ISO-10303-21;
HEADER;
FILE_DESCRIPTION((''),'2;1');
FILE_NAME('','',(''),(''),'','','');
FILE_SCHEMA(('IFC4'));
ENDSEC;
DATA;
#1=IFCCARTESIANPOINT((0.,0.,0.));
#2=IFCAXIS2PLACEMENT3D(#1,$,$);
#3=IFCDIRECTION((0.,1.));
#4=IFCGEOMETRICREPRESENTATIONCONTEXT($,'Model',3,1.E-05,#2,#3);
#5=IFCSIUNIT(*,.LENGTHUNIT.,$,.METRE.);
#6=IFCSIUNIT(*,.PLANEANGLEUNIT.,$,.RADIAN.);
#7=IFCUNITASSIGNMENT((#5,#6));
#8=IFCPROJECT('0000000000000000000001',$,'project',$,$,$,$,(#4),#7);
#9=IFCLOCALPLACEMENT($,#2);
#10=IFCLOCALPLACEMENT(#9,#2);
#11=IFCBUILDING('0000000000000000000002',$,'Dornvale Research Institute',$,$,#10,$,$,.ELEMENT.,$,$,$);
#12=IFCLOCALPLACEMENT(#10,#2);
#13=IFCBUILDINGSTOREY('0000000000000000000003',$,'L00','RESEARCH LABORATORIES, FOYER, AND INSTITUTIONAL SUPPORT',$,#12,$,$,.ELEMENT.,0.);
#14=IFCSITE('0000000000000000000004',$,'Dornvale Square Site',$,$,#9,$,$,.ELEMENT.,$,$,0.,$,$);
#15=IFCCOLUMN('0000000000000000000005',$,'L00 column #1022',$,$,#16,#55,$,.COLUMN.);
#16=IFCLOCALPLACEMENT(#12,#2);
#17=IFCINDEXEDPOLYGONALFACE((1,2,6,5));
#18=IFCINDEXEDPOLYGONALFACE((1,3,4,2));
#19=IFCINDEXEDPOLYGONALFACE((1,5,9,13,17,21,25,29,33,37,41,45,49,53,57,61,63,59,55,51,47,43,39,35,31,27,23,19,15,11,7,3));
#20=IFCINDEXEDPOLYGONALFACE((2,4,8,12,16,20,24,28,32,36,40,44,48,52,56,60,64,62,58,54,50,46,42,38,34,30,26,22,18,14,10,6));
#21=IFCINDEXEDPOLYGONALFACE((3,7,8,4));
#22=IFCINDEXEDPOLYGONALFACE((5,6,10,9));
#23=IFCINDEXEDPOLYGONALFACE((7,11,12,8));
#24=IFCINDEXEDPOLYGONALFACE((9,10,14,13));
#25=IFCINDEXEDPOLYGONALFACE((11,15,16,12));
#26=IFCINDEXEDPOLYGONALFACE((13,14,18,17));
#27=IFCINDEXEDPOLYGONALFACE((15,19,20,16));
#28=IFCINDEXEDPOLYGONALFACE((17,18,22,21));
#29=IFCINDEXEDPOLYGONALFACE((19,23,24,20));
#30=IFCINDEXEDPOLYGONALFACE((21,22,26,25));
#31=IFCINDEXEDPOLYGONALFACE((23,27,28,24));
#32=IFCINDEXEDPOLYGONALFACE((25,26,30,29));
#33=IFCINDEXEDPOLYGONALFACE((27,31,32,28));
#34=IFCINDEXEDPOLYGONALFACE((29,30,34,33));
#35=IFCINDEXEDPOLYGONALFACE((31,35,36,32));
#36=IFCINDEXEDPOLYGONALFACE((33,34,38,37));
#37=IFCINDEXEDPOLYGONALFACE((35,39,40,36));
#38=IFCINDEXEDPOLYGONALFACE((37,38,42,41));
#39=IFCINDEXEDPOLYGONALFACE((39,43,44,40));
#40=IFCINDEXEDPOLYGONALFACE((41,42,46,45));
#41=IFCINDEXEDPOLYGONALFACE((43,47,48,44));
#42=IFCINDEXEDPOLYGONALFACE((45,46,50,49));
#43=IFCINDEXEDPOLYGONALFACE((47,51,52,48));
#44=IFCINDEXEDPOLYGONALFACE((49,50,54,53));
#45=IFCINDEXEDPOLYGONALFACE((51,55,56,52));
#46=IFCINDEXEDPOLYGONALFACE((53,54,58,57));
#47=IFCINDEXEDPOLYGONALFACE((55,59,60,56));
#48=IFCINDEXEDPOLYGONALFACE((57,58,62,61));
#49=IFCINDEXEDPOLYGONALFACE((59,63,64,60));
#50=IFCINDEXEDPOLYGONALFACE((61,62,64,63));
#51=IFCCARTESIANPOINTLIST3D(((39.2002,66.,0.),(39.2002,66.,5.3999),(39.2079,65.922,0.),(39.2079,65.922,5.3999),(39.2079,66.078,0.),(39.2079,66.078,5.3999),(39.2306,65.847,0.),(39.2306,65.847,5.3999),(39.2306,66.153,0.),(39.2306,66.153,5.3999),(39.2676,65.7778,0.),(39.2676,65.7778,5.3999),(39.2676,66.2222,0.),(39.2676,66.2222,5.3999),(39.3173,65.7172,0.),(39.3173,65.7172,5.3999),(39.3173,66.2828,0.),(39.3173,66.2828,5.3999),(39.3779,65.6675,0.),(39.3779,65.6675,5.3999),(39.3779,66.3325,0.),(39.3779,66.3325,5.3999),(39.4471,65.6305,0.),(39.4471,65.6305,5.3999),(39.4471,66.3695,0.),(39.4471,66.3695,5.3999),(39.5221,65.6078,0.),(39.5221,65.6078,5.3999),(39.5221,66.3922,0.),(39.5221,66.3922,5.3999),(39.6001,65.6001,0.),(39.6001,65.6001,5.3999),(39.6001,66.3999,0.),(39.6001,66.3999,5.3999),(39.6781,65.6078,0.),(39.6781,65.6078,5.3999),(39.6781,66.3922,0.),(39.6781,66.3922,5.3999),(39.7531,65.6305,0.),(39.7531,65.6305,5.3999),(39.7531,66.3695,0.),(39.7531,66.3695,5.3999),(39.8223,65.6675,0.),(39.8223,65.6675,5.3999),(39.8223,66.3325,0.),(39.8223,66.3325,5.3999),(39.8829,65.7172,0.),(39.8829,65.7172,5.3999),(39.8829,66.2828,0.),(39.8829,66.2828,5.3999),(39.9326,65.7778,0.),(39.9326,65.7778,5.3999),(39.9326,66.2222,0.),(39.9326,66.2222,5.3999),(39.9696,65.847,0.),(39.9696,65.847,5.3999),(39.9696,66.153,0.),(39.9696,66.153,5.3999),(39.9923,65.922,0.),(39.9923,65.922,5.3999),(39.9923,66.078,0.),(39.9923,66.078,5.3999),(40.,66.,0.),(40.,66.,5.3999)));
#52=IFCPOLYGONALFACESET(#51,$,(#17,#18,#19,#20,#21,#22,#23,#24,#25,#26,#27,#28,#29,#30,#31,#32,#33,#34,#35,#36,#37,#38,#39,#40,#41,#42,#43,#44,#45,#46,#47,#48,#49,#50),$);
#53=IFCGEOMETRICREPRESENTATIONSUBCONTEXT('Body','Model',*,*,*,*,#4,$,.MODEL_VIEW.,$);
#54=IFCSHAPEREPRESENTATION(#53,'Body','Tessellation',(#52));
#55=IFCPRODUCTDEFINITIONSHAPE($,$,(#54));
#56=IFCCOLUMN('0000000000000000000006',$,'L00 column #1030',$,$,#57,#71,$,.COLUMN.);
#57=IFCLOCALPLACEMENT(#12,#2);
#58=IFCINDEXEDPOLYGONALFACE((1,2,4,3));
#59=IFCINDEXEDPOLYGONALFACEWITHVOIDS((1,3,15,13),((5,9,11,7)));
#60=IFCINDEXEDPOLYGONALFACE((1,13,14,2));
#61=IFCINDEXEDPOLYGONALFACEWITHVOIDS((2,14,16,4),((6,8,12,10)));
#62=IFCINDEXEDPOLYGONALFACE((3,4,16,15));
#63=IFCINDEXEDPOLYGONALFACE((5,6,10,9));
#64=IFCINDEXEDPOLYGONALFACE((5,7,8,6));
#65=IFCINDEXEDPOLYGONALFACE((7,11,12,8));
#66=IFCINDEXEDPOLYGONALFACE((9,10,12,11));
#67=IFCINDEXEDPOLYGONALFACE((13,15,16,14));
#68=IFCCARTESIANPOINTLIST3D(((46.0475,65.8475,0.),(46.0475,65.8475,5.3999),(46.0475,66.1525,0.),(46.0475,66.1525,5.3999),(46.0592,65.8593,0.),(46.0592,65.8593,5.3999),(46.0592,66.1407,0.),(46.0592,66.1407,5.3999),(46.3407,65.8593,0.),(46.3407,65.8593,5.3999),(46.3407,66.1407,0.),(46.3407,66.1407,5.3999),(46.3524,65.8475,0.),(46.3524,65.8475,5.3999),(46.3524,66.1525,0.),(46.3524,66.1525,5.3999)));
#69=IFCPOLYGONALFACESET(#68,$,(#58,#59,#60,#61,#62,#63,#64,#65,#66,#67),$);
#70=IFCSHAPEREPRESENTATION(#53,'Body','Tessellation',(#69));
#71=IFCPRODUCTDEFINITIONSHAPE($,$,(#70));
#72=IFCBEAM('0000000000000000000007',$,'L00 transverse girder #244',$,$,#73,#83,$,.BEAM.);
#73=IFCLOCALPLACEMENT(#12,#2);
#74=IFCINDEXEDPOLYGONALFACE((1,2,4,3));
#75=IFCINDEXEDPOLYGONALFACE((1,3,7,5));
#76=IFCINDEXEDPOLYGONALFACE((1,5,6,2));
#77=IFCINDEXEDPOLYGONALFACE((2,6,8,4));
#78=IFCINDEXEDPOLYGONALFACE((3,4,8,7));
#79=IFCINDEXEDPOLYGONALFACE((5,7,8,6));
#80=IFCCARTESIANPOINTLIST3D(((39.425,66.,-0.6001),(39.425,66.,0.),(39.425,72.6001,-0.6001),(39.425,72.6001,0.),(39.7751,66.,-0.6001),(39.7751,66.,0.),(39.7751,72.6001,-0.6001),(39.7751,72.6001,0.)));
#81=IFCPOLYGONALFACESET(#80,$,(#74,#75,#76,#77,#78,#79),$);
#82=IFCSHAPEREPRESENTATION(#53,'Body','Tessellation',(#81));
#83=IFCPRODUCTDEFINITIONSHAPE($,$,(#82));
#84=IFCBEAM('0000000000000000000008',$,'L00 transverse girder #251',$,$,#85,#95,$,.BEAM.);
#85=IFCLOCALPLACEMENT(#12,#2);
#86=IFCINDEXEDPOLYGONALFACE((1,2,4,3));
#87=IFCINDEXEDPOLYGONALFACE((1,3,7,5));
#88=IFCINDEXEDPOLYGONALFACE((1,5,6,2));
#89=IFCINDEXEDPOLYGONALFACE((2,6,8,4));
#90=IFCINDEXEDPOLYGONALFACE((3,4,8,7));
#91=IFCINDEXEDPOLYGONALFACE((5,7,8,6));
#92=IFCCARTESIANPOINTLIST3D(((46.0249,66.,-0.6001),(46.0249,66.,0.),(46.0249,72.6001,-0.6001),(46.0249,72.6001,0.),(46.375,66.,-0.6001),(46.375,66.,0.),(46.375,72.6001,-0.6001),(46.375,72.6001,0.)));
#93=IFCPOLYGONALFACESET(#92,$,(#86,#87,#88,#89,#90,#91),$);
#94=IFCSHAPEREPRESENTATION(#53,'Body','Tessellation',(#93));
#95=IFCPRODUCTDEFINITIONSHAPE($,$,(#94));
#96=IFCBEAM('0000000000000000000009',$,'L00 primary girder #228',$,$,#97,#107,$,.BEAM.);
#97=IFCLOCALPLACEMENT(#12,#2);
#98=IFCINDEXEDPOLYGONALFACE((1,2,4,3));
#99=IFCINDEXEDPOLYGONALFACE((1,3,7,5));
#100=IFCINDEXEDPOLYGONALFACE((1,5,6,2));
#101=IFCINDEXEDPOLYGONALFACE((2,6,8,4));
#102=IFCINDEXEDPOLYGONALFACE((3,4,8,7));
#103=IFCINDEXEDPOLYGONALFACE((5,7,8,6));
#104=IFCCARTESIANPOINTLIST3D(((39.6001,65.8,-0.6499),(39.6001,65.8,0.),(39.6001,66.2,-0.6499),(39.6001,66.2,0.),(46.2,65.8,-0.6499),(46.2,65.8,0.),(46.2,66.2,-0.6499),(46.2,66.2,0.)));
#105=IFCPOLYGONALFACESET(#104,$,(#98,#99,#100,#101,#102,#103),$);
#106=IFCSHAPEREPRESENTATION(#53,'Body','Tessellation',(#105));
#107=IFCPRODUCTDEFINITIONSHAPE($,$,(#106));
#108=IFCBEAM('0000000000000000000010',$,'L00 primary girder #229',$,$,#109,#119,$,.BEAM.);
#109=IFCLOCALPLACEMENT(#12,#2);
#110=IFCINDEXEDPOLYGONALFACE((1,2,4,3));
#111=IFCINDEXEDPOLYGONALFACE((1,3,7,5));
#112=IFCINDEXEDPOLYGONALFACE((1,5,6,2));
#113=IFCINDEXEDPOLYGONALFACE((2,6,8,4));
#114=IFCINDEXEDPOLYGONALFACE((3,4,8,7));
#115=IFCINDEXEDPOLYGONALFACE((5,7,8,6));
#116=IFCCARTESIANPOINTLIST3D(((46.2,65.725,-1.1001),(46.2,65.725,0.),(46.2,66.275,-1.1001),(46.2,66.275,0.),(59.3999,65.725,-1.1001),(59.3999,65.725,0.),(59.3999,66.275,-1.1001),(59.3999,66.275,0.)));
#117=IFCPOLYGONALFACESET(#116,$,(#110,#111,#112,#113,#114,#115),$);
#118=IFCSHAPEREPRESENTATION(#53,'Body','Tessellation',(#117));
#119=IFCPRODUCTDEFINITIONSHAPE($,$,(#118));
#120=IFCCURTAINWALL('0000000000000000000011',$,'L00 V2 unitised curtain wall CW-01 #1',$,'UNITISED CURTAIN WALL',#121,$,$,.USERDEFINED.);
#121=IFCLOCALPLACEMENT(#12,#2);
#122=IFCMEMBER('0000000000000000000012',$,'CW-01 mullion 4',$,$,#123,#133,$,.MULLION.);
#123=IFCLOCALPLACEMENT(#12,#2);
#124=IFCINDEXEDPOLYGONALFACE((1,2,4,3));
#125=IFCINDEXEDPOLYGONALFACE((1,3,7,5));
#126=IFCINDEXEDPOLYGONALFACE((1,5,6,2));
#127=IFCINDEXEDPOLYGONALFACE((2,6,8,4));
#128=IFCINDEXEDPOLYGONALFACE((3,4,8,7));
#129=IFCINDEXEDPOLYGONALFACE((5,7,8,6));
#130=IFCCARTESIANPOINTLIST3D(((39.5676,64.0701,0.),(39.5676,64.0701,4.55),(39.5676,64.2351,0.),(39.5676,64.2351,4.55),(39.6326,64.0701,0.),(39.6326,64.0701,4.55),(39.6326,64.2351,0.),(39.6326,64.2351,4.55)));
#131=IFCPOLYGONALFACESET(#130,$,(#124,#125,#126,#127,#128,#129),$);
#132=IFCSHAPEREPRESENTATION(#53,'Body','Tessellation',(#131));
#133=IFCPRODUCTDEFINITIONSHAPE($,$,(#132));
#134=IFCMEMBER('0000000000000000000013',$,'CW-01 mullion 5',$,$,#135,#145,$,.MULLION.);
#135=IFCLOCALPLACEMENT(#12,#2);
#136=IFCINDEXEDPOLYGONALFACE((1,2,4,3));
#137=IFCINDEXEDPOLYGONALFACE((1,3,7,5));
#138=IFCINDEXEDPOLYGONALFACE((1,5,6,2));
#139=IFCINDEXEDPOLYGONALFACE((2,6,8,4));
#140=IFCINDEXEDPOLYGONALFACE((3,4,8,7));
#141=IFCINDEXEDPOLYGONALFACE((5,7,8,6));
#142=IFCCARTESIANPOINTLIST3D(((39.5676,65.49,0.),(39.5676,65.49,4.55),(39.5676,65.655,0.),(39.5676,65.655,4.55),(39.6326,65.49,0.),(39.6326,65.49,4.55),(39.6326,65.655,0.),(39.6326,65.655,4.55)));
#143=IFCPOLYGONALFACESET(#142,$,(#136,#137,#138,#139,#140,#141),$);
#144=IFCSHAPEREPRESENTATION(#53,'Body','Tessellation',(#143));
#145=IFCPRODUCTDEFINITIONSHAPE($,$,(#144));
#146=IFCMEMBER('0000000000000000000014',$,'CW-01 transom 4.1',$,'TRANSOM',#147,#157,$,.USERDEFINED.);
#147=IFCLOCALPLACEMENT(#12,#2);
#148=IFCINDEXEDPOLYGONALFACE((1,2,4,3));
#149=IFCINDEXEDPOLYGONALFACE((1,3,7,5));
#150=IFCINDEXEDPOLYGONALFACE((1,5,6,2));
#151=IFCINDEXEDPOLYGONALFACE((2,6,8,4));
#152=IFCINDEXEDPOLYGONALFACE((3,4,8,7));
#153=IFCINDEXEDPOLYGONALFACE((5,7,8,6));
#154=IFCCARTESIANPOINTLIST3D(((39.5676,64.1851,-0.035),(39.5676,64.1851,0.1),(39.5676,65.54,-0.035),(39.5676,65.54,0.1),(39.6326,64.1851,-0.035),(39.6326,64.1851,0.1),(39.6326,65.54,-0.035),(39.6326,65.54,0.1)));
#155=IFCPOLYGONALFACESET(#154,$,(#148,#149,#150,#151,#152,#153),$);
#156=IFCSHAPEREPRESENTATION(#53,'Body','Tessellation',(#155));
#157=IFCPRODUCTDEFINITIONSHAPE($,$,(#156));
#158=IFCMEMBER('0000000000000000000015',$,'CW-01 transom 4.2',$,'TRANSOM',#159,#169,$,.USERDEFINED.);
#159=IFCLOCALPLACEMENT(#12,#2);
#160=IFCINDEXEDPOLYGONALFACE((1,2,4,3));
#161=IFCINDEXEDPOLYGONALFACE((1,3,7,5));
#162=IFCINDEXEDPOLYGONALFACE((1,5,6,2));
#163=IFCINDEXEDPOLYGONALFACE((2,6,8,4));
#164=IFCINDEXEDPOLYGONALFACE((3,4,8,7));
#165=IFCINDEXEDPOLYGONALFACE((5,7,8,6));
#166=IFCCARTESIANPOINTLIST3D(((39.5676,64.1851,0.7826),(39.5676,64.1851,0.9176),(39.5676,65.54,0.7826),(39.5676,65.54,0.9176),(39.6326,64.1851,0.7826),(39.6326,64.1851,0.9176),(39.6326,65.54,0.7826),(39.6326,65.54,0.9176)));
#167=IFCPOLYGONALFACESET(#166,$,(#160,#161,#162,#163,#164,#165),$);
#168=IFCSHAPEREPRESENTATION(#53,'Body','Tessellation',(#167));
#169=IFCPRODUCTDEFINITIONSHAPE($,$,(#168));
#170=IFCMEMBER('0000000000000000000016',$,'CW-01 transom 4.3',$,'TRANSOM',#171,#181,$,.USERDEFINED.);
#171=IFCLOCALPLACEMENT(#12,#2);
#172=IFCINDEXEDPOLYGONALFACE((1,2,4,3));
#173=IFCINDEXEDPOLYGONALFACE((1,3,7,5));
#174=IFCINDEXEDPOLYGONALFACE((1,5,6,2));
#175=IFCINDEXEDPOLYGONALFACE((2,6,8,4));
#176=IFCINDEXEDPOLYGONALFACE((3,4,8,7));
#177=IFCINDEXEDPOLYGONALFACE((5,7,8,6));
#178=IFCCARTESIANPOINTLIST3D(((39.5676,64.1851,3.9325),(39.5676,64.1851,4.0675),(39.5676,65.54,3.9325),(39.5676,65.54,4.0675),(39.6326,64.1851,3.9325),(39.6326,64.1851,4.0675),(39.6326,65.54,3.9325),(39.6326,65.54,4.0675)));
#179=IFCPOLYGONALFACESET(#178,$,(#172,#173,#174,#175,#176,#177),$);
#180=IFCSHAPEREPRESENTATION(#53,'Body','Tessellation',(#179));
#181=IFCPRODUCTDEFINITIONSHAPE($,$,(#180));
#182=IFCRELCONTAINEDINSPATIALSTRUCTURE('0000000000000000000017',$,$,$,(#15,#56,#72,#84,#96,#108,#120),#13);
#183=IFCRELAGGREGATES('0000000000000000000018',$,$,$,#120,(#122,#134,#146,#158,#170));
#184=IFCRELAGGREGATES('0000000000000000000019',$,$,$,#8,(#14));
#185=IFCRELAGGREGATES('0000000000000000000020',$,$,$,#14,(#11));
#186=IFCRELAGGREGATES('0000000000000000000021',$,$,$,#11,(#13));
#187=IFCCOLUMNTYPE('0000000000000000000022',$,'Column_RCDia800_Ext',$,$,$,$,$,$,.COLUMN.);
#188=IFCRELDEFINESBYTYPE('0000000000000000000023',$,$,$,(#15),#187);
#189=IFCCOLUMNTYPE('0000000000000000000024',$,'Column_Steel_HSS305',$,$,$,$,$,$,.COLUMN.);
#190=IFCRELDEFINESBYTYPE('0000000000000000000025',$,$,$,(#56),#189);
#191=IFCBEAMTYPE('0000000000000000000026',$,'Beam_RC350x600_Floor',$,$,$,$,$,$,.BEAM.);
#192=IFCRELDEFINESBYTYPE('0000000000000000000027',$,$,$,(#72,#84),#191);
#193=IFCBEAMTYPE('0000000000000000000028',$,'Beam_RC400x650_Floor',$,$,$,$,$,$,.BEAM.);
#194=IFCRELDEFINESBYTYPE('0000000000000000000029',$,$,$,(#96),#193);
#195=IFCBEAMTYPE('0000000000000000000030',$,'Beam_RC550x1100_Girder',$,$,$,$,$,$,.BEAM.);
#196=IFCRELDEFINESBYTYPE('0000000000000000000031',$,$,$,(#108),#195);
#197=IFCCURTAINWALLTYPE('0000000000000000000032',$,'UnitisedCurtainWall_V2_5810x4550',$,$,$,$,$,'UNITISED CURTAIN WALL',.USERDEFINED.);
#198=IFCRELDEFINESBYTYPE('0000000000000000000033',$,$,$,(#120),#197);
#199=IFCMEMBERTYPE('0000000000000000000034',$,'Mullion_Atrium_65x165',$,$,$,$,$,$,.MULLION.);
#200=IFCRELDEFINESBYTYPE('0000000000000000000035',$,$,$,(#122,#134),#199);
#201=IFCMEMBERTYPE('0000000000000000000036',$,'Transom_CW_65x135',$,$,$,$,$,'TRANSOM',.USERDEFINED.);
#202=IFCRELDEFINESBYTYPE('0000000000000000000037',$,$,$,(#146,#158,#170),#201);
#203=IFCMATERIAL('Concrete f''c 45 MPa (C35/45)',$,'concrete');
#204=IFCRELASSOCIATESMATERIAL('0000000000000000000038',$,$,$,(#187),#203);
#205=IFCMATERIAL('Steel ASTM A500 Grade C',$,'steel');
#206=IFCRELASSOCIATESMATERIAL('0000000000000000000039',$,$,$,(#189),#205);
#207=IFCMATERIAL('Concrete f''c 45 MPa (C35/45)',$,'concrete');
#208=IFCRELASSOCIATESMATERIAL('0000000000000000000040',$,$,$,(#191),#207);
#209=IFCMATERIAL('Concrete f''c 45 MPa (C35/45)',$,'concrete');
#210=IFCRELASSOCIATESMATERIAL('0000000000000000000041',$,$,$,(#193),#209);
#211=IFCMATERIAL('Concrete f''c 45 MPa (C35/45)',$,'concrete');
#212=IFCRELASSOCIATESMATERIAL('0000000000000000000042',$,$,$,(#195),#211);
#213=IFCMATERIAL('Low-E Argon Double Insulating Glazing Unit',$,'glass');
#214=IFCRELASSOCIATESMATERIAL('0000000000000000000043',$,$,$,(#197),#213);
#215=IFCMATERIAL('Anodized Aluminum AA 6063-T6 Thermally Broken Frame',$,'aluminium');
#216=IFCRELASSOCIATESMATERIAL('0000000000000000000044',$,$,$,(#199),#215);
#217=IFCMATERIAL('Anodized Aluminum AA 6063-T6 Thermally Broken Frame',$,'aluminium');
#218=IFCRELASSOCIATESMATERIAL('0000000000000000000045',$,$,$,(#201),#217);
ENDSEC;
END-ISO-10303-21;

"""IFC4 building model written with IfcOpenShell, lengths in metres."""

from ifc_helpers import new_model, si_unit, direction, frame, origin, origin_2d, place, context, subcontext, project, spatial, rectangle, hollow_rectangle, circle, extrude, material, material_profile, profile_set, type_object, element, aggregate, save


model = new_model("IFC4")

# Units and contexts
model_context = context("Model", 3, precision=1e-05, world=origin(), true_north=direction((0.0, 1.0)))
body_context = subcontext(model_context, "Body", "Model", "MODEL_VIEW")
ifc_project = project(units=[si_unit("LENGTHUNIT", "METRE"), si_unit("PLANEANGLEUNIT", "RADIAN")], contexts=[model_context])

# Site, building, storey
site_placement = place(None, origin())
site = spatial("IfcSite", under=ifc_project, at=site_placement, Name="Dornvale Square Site", CompositionType="ELEMENT", RefElevation=0.0)
building_placement = place(site_placement, origin())
building = spatial("IfcBuilding", under=site, at=building_placement, Name="Dornvale Research Institute", CompositionType="ELEMENT")
storey_placement = place(building_placement, origin())
storey = spatial("IfcBuildingStorey", under=building, at=storey_placement, Name="L00", Description="RESEARCH LABORATORIES, FOYER, AND INSTITUTIONAL SUPPORT", CompositionType="ELEMENT", Elevation=0.0)

# Columns
ifc_material_1 = material(Name="Concrete f'c 45 MPa (C35/45)", Category="concrete")
ifc_material_profile_1 = material_profile(ifc_material_1, circle(Radius=0.3999, at=origin_2d()), Name="RC DIA 800")
ifc_profile_set_1 = profile_set([ifc_material_profile_1], Name="Concrete f'c 45 MPa (C35/45)")
column_type_1 = type_object("IfcColumnType", Name="Column_RCDia800_Ext", PredefinedType="COLUMN", material=ifc_profile_set_1)
column_1_placement = place(storey_placement, frame((39.6001, 66.0, 0.0), z_axis=(0.0, 0.0, 1.0), x_axis=(1.0, 0.0, 0.0)))
element("IfcColumn", 1, at=column_1_placement, inside=storey, type_object=column_type_1, Name="L00 column #1022", PredefinedType="COLUMN", context=body_context, shape_type="SweptSolid", body=[
    extrude(circle(Radius=0.3999, at=origin_2d()), origin(), (0.0, 0.0, 1.0), 5.3999),
])
ifc_material_2 = material(Name="Steel ASTM A500 Grade C", Category="steel")
ifc_material_profile_2 = material_profile(ifc_material_2, hollow_rectangle(XDim=0.3049, YDim=0.3049, WallThickness=0.0117, at=origin_2d()), Name="HSS305X305X12.7")
ifc_profile_set_2 = profile_set([ifc_material_profile_2], Name="Steel ASTM A500 Grade C")
column_type_2 = type_object("IfcColumnType", Name="Column_Steel_HSS305", PredefinedType="COLUMN", material=ifc_profile_set_2)
column_2_placement = place(storey_placement, frame((46.2, 66.0, 0.0), z_axis=(0.0, 0.0, 1.0), x_axis=(1.0, 0.0, 0.0)))
element("IfcColumn", 2, at=column_2_placement, inside=storey, type_object=column_type_2, Name="L00 column #1030", PredefinedType="COLUMN", context=body_context, shape_type="SweptSolid", body=[
    extrude(hollow_rectangle(XDim=0.3049, YDim=0.3049, WallThickness=0.0117, at=origin_2d()), origin(), (0.0, 0.0, 1.0), 5.3999),
])

# Beams
ifc_material_3 = material(Name="Concrete f'c 45 MPa (C35/45)", Category="concrete")
ifc_material_profile_3 = material_profile(ifc_material_3, rectangle(XDim=0.3501, YDim=0.6001, at=origin_2d()), Name="RC 350x600")
ifc_profile_set_3 = profile_set([ifc_material_profile_3], Name="Concrete f'c 45 MPa (C35/45)")
beam_type_1 = type_object("IfcBeamType", Name="Beam_RC350x600_Floor", PredefinedType="BEAM", material=ifc_profile_set_3)
for number, where, z_axis, x_axis, name in (
    (3, (39.6001, 66.0, -0.3), (0.0, 1.0, 0.0), (-1.0, 0.0, 0.0), "L00 transverse girder #244"),
    (4, (46.2, 66.0, -0.3), (0.0, 1.0, 0.0), (-1.0, 0.0, 0.0), "L00 transverse girder #251"),
):
    element("IfcBeam", number, at=place(storey_placement, frame(where, z_axis=z_axis, x_axis=x_axis)), inside=storey, type_object=beam_type_1, Name=name, PredefinedType="BEAM", context=body_context, shape_type="SweptSolid", body=[
        extrude(rectangle(XDim=0.3501, YDim=0.6001, at=origin_2d()), origin(), (0.0, 0.0, 1.0), 6.6001),
    ])
ifc_material_4 = material(Name="Concrete f'c 45 MPa (C35/45)", Category="concrete")
ifc_material_profile_4 = material_profile(ifc_material_4, rectangle(XDim=0.3999, YDim=0.6499, at=origin_2d()), Name="RC 400x650")
ifc_profile_set_4 = profile_set([ifc_material_profile_4], Name="Concrete f'c 45 MPa (C35/45)")
beam_type_2 = type_object("IfcBeamType", Name="Beam_RC400x650_Floor", PredefinedType="BEAM", material=ifc_profile_set_4)
beam_1_placement = place(storey_placement, frame((39.6001, 66.0, -0.325), z_axis=(1.0, 0.0, 0.0), x_axis=(0.0, 1.0, 0.0)))
element("IfcBeam", 5, at=beam_1_placement, inside=storey, type_object=beam_type_2, Name="L00 primary girder #228", PredefinedType="BEAM", context=body_context, shape_type="SweptSolid", body=[
    extrude(rectangle(XDim=0.3999, YDim=0.6499, at=origin_2d()), origin(), (0.0, 0.0, 1.0), 6.5999),
])
ifc_material_5 = material(Name="Concrete f'c 45 MPa (C35/45)", Category="concrete")
ifc_material_profile_5 = material_profile(ifc_material_5, rectangle(XDim=0.55, YDim=1.1001, at=origin_2d()), Name="RC 550x1100")
ifc_profile_set_5 = profile_set([ifc_material_profile_5], Name="Concrete f'c 45 MPa (C35/45)")
beam_type_3 = type_object("IfcBeamType", Name="Beam_RC550x1100_Girder", PredefinedType="BEAM", material=ifc_profile_set_5)
beam_2_placement = place(storey_placement, frame((46.2, 66.0, -0.55), z_axis=(1.0, 0.0, 0.0), x_axis=(0.0, 1.0, 0.0)))
element("IfcBeam", 6, at=beam_2_placement, inside=storey, type_object=beam_type_3, Name="L00 primary girder #229", PredefinedType="BEAM", context=body_context, shape_type="SweptSolid", body=[
    extrude(rectangle(XDim=0.55, YDim=1.1001, at=origin_2d()), origin(), (0.0, 0.0, 1.0), 13.2),
])

# Curtain wall, members
ifc_material_6 = material(Name="Low-E Argon Double Insulating Glazing Unit", Category="glass")
curtain_wall_type = type_object("IfcCurtainWallType", Name="UnitisedCurtainWall_V2_5810x4550", ElementType="UNITISED CURTAIN WALL", PredefinedType="USERDEFINED", material=ifc_material_6)
curtain_wall_placement = place(storey_placement, origin())
curtain_wall = element("IfcCurtainWall", 7, at=curtain_wall_placement, inside=storey, type_object=curtain_wall_type, Name="L00 V2 unitised curtain wall CW-01 #1", ObjectType="UNITISED CURTAIN WALL", PredefinedType="USERDEFINED")
ifc_material_7 = material(Name="Anodized Aluminum AA 6063-T6 Thermally Broken Frame", Category="aluminium")
ifc_material_profile_6 = material_profile(ifc_material_7, rectangle(XDim=0.0649, YDim=0.165, at=origin_2d()), Name="ALU MULLION 65x165")
ifc_profile_set_6 = profile_set([ifc_material_profile_6], Name="Anodized Aluminum AA 6063-T6 Thermally Broken Frame")
member_type_1 = type_object("IfcMemberType", Name="Mullion_Atrium_65x165", PredefinedType="MULLION", material=ifc_profile_set_6)
member_1_placement = place(storey_placement, frame((39.6001, 64.1526, 0.0), z_axis=(0.0, 0.0, 1.0), x_axis=(-1.0, 0.0, 0.0)))
member_1 = element("IfcMember", 8, at=member_1_placement, type_object=member_type_1, Name="CW-01 mullion 4", PredefinedType="MULLION", context=body_context, shape_type="SweptSolid", body=[
    extrude(rectangle(XDim=0.0649, YDim=0.165, at=origin_2d()), origin(), (0.0, 0.0, 1.0), 4.55),
])
member_2_placement = place(storey_placement, frame((39.6001, 65.5725, 0.0), z_axis=(0.0, 0.0, 1.0), x_axis=(-1.0, 0.0, 0.0)))
member_2 = element("IfcMember", 9, at=member_2_placement, type_object=member_type_1, Name="CW-01 mullion 5", PredefinedType="MULLION", context=body_context, shape_type="SweptSolid", body=[
    extrude(rectangle(XDim=0.0649, YDim=0.165, at=origin_2d()), origin(), (0.0, 0.0, 1.0), 4.55),
])
ifc_material_8 = material(Name="Anodized Aluminum AA 6063-T6 Thermally Broken Frame", Category="aluminium")
ifc_material_profile_7 = material_profile(ifc_material_8, rectangle(XDim=0.0649, YDim=0.135, at=origin_2d()), Name="ALU TRANSOM 65x135")
ifc_profile_set_7 = profile_set([ifc_material_profile_7], Name="Anodized Aluminum AA 6063-T6 Thermally Broken Frame")
member_type_2 = type_object("IfcMemberType", Name="Transom_CW_65x135", ElementType="TRANSOM", PredefinedType="USERDEFINED", material=ifc_profile_set_7)
member_3_placement = place(storey_placement, frame((39.6001, 64.1851, 0.0325), z_axis=(0.0, 1.0, 0.0), x_axis=(-1.0, 0.0, 0.0)))
member_3 = element("IfcMember", 10, at=member_3_placement, type_object=member_type_2, Name="CW-01 transom 4.1", ObjectType="TRANSOM", PredefinedType="USERDEFINED", context=body_context, shape_type="SweptSolid", body=[
    extrude(rectangle(XDim=0.0649, YDim=0.135, at=origin_2d()), origin(), (0.0, 0.0, 1.0), 1.355),
])
member_4_placement = place(storey_placement, frame((39.6001, 64.1851, 0.8501), z_axis=(0.0, 1.0, 0.0), x_axis=(-1.0, 0.0, 0.0)))
member_4 = element("IfcMember", 11, at=member_4_placement, type_object=member_type_2, Name="CW-01 transom 4.2", ObjectType="TRANSOM", PredefinedType="USERDEFINED", context=body_context, shape_type="SweptSolid", body=[
    extrude(rectangle(XDim=0.0649, YDim=0.135, at=origin_2d()), origin(), (0.0, 0.0, 1.0), 1.355),
])
member_5_placement = place(storey_placement, frame((39.6001, 64.1851, 4.0), z_axis=(0.0, 1.0, 0.0), x_axis=(-1.0, 0.0, 0.0)))
member_5 = element("IfcMember", 12, at=member_5_placement, type_object=member_type_2, Name="CW-01 transom 4.3", ObjectType="TRANSOM", PredefinedType="USERDEFINED", context=body_context, shape_type="SweptSolid", body=[
    extrude(rectangle(XDim=0.0649, YDim=0.135, at=origin_2d()), origin(), (0.0, 0.0, 1.0), 1.355),
])
aggregate(curtain_wall, [member_1, member_2, member_3, member_4, member_5])

save(model, "model.ifc")
